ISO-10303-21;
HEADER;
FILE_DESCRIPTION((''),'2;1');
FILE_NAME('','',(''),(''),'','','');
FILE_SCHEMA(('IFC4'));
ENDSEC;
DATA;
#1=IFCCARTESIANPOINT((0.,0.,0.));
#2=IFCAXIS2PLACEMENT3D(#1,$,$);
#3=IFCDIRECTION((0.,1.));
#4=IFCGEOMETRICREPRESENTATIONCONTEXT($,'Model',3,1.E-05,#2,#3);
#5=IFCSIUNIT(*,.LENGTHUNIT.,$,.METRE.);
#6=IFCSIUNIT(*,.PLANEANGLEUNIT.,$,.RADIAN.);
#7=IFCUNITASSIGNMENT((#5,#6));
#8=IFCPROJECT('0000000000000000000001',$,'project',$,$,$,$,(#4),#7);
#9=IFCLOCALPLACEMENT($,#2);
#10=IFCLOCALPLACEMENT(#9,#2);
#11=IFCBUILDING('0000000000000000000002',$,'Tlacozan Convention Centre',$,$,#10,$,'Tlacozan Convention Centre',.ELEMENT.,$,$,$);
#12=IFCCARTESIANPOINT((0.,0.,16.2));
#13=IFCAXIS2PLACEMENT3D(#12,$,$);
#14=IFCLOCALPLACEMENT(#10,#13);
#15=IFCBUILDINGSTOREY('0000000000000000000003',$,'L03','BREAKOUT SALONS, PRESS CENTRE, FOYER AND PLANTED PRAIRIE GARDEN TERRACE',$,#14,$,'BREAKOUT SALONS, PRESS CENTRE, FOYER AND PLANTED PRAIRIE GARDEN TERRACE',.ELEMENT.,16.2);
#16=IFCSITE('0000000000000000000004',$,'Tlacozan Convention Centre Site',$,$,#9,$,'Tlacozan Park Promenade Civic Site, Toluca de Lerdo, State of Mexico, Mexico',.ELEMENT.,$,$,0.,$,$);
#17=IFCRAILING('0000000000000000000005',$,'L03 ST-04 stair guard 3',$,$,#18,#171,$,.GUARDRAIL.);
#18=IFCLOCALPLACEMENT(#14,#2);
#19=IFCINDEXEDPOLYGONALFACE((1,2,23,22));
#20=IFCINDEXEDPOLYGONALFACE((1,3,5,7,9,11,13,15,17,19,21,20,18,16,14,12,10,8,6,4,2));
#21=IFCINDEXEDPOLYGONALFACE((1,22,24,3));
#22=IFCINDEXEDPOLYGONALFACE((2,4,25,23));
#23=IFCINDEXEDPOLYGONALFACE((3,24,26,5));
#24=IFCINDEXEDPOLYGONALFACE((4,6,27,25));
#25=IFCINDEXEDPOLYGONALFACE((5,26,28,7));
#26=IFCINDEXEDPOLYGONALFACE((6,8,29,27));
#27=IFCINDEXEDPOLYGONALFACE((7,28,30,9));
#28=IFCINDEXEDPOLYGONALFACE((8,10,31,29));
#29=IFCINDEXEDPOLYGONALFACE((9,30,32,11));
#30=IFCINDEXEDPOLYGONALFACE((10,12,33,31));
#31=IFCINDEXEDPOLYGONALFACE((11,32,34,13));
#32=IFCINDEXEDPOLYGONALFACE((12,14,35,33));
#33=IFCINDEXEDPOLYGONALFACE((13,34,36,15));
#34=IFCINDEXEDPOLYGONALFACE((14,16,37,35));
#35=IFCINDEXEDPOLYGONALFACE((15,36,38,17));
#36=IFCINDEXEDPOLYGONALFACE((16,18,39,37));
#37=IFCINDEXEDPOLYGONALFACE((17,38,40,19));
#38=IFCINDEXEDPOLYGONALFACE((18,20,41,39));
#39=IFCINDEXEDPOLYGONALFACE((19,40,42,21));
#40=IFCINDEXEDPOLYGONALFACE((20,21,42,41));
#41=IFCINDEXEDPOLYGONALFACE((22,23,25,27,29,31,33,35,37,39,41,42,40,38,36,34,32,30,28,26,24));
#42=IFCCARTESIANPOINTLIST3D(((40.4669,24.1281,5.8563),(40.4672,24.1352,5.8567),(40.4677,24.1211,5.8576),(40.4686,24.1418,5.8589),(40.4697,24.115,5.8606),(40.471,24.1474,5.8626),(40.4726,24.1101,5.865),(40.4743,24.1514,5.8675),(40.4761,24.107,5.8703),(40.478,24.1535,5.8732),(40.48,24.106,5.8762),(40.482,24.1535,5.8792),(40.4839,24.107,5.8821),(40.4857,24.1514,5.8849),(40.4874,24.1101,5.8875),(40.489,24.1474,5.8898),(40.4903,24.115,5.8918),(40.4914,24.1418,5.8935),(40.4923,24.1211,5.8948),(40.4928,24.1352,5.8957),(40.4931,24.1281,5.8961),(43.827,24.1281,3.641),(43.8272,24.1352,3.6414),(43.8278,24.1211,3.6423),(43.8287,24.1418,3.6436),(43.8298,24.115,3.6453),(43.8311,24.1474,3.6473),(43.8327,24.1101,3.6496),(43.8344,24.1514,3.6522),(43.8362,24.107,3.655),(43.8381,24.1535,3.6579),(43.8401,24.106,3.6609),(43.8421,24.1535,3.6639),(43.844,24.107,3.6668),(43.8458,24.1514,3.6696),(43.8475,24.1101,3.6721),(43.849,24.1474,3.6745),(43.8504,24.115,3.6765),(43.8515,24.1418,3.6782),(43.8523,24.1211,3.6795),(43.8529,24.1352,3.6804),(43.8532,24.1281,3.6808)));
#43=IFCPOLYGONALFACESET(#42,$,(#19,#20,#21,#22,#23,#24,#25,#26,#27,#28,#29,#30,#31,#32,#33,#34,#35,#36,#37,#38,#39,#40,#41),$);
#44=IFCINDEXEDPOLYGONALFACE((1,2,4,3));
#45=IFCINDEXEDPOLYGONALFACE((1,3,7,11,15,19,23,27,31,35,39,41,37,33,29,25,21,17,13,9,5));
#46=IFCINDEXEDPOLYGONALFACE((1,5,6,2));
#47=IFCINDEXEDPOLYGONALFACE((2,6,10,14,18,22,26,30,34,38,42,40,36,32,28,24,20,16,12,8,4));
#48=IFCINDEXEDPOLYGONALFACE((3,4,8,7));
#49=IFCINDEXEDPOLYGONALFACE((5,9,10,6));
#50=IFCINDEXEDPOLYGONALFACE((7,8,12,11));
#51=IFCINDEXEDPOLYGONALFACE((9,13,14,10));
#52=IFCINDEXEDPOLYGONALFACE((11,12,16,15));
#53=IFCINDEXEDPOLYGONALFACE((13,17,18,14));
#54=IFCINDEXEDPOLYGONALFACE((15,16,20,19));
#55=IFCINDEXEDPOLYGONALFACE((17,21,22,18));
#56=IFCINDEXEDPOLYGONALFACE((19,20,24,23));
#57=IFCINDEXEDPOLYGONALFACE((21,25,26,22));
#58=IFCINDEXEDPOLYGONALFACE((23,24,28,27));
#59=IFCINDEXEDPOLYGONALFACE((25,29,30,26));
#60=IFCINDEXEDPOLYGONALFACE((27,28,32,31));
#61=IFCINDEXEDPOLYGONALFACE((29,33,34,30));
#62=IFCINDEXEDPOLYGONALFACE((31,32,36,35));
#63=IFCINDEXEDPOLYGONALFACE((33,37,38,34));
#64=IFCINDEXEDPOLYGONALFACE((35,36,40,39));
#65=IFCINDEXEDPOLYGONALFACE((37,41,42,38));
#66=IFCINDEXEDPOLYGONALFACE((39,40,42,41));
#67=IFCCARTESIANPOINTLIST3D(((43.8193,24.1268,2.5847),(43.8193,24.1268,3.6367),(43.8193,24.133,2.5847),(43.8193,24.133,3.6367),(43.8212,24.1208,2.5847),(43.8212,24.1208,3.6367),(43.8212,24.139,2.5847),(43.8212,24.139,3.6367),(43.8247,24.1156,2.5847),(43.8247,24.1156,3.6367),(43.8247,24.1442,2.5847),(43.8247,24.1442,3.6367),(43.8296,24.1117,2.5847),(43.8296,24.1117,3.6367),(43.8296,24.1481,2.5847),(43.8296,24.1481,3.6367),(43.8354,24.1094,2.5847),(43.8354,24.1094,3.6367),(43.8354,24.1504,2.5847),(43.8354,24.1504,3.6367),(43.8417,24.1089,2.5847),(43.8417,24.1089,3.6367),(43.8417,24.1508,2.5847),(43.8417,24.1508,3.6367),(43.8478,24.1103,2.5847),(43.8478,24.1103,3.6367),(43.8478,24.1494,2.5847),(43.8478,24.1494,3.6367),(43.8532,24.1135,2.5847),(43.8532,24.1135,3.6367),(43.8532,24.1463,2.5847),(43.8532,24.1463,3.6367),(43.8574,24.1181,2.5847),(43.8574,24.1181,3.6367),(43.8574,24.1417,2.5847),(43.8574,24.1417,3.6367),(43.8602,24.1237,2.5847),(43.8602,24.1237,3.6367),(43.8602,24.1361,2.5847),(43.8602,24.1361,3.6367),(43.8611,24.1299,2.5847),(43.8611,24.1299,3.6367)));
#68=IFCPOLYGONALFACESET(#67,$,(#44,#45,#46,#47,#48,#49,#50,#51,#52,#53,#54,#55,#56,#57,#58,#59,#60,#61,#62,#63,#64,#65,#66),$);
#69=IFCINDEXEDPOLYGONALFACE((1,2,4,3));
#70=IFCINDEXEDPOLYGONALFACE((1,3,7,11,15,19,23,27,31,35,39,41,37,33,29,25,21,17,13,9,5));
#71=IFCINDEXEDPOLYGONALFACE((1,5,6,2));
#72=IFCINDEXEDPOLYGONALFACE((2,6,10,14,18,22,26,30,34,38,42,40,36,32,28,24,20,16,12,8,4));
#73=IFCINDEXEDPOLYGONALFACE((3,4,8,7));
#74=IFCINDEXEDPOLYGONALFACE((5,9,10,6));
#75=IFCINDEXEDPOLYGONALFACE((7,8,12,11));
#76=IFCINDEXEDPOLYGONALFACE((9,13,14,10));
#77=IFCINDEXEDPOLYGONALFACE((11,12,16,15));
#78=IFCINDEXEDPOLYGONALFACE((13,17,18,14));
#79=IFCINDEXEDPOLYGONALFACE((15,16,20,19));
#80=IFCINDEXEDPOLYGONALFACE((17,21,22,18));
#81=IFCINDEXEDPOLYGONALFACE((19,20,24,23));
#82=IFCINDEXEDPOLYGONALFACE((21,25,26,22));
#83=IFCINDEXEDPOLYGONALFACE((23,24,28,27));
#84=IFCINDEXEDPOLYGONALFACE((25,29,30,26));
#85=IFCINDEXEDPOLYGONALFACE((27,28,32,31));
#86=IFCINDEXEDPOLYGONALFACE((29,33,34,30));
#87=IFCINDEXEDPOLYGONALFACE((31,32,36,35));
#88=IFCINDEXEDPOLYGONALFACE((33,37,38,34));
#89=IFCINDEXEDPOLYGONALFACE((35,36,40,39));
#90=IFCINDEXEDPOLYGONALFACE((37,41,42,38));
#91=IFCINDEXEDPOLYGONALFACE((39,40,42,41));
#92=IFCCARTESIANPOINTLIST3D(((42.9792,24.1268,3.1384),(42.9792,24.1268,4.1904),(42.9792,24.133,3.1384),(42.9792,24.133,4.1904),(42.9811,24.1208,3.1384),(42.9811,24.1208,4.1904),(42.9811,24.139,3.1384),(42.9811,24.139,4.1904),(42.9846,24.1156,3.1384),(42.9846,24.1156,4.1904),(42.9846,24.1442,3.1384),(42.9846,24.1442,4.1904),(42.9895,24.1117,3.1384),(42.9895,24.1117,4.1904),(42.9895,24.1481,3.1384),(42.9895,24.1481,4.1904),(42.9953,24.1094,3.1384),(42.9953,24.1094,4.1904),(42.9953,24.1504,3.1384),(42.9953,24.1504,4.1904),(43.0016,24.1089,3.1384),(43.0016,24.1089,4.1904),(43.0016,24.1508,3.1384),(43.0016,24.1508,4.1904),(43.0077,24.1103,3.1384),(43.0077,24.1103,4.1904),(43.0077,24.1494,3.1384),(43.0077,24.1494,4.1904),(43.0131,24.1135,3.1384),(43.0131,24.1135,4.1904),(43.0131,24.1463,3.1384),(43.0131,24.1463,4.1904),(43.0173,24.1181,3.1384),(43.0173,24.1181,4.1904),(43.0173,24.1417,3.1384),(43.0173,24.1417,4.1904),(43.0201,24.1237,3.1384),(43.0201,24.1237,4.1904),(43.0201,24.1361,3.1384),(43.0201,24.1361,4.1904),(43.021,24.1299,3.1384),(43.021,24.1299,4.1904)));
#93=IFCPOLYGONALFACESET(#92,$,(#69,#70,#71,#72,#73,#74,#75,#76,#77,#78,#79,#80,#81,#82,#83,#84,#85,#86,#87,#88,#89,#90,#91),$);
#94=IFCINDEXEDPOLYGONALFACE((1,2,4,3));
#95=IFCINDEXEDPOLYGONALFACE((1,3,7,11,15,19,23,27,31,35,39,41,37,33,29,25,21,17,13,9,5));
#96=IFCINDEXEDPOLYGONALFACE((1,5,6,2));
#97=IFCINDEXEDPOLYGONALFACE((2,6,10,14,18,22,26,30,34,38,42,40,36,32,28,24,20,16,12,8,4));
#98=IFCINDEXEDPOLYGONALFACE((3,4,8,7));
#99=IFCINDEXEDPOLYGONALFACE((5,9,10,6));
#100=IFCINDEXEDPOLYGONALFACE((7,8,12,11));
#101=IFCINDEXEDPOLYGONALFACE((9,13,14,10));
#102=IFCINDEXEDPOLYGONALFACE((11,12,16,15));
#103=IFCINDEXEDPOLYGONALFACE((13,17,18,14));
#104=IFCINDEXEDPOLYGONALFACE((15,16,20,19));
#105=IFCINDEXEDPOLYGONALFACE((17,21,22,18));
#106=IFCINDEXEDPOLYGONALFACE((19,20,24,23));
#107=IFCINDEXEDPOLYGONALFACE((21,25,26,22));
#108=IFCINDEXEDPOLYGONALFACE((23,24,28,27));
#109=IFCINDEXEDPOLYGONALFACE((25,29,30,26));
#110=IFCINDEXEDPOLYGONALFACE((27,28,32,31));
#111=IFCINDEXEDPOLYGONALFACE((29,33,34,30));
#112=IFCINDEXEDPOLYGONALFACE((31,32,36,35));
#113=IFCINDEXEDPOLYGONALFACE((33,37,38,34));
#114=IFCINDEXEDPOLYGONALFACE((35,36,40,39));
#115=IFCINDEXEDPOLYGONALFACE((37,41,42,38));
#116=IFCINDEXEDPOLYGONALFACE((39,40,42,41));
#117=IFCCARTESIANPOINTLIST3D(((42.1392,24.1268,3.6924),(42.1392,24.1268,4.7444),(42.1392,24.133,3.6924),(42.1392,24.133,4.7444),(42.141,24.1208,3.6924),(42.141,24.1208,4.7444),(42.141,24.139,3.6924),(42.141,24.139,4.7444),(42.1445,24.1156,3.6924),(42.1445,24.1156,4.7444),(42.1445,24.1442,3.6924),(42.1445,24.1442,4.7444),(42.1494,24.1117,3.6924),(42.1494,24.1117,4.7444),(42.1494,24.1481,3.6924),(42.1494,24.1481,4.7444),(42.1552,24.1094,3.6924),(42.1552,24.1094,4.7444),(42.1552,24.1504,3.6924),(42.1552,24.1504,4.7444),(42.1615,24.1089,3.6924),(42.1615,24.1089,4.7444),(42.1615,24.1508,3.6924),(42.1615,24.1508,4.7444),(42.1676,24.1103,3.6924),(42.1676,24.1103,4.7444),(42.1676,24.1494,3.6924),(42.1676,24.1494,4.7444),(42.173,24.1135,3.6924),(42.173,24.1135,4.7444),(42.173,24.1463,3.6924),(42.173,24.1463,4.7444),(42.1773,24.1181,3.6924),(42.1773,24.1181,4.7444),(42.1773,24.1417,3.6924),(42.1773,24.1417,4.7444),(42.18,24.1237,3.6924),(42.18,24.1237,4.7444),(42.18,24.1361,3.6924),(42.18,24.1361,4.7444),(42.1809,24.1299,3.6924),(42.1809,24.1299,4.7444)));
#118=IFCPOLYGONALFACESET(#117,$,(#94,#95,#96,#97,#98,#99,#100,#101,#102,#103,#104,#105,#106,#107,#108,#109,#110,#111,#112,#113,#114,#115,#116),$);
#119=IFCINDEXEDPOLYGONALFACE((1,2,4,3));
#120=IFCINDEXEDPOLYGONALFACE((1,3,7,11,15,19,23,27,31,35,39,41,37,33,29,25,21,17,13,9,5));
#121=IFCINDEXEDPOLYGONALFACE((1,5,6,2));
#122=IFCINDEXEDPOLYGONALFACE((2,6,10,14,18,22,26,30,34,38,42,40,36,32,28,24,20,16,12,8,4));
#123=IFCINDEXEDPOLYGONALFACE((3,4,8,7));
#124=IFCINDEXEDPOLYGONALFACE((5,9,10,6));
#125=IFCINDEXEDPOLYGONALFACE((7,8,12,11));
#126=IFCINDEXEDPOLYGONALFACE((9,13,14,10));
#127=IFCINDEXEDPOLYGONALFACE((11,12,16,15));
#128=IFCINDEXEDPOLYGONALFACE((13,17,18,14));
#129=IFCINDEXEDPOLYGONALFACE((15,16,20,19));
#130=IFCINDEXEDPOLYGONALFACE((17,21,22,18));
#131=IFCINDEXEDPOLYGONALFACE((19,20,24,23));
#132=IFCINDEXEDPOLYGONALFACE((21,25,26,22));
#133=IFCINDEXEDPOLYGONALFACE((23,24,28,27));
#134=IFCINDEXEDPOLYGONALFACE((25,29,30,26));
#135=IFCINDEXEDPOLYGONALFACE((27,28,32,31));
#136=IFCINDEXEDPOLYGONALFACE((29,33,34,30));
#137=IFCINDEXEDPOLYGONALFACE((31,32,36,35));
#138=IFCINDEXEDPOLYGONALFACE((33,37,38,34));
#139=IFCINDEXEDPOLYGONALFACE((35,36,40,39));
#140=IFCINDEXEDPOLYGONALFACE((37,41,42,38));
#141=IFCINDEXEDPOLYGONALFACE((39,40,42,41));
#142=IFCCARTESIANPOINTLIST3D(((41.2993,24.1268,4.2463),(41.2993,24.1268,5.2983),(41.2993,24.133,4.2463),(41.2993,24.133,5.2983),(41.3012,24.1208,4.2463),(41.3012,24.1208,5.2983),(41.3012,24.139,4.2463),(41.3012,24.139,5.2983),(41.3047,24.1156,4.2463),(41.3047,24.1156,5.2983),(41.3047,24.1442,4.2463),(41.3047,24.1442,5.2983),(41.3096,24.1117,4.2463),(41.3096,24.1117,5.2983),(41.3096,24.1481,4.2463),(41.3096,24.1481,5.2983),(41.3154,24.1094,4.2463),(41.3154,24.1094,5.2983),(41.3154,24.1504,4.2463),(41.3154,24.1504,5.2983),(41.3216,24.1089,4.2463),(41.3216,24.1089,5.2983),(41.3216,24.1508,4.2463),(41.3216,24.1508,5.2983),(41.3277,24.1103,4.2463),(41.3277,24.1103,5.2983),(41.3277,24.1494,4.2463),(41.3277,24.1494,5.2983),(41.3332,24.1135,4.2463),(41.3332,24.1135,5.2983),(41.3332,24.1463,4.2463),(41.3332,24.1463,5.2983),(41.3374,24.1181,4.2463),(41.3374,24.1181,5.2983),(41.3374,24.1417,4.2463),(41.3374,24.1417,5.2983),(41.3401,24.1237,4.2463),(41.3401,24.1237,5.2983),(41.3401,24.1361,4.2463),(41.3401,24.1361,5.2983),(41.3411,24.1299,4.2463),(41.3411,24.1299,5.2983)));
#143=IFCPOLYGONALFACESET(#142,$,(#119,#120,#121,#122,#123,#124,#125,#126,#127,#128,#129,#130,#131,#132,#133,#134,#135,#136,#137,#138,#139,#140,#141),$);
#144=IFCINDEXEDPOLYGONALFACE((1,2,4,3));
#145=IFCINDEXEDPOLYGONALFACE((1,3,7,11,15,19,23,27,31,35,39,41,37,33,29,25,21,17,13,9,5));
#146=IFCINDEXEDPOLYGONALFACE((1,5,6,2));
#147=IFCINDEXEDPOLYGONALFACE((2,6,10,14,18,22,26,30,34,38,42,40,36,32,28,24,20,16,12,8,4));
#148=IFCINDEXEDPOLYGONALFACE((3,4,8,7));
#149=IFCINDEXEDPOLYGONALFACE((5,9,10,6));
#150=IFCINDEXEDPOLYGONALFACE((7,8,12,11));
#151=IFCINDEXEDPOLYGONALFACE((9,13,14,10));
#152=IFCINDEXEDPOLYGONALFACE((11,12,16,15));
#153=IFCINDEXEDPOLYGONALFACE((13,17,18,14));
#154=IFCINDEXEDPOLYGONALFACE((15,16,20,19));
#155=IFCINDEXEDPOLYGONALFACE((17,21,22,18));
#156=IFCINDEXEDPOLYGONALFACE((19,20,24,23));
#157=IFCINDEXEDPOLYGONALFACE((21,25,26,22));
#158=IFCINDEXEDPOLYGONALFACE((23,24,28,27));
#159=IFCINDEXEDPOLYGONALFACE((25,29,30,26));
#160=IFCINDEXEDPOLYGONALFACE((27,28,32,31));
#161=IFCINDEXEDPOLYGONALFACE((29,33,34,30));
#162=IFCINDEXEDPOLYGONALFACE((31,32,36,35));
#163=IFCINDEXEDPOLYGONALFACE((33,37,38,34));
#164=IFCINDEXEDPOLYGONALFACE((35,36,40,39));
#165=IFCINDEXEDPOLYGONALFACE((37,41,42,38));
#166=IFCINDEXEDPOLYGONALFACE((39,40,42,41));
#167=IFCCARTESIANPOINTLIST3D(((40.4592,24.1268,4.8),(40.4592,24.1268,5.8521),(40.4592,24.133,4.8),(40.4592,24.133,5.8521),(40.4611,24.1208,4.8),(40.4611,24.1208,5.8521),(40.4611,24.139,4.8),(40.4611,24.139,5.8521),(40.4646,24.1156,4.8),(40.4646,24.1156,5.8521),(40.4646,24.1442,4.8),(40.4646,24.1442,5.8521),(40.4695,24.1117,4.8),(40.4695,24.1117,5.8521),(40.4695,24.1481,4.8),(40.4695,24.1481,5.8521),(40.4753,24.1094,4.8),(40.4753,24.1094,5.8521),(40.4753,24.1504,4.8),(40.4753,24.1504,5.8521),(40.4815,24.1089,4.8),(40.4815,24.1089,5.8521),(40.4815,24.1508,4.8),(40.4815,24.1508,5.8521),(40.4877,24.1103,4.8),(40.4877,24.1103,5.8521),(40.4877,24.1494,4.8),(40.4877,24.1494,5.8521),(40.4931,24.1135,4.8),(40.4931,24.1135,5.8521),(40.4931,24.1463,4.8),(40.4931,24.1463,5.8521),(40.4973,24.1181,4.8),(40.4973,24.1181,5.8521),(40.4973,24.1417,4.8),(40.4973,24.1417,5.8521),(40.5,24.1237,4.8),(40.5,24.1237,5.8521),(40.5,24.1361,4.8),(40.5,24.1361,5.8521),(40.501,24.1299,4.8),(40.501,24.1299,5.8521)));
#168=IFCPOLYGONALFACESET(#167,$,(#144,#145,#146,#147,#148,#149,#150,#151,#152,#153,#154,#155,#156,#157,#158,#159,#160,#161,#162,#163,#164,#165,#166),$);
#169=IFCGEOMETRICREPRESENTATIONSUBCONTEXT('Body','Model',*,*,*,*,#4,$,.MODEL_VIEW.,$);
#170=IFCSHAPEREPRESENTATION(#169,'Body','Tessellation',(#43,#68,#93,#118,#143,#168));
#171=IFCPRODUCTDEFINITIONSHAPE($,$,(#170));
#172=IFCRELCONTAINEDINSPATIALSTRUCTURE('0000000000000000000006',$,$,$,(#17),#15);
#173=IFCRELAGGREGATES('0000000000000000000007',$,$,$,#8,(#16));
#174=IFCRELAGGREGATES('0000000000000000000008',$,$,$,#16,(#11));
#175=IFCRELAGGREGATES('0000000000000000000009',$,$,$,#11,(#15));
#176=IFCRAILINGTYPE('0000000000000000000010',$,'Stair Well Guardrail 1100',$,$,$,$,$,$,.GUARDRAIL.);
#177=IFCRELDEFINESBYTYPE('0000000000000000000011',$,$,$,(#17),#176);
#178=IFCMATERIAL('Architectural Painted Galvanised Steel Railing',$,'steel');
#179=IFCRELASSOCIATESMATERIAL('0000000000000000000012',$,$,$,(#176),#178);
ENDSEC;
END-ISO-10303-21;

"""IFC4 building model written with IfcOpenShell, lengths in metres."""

from ifc_helpers import new_model, si_unit, direction, frame, origin, origin_2d, place, context, subcontext, project, spatial, circle, extrude, material, type_object, element, save


model = new_model("IFC4")

# Units and contexts
model_context = context("Model", 3, precision=1e-05, world=origin(), true_north=direction((0.0, 1.0)))
body_context = subcontext(model_context, "Body", "Model", "MODEL_VIEW")
ifc_project = project(units=[si_unit("LENGTHUNIT", "METRE"), si_unit("PLANEANGLEUNIT", "RADIAN")], contexts=[model_context])

# Site, building, storey
site_placement = place(None, origin())
site = spatial("IfcSite", under=ifc_project, at=site_placement, Name="Tlacozan Convention Centre Site", LongName="Tlacozan Park Promenade Civic Site, Toluca de Lerdo, State of Mexico, Mexico", CompositionType="ELEMENT", RefElevation=0.0)
building_placement = place(site_placement, origin())
building = spatial("IfcBuilding", under=site, at=building_placement, Name="Tlacozan Convention Centre", LongName="Tlacozan Convention Centre", CompositionType="ELEMENT")
storey_placement = place(building_placement, frame((0.0, 0.0, 16.2)))
storey = spatial("IfcBuildingStorey", under=building, at=storey_placement, Name="L03", Description="BREAKOUT SALONS, PRESS CENTRE, FOYER AND PLANTED PRAIRIE GARDEN TERRACE", LongName="BREAKOUT SALONS, PRESS CENTRE, FOYER AND PLANTED PRAIRIE GARDEN TERRACE", CompositionType="ELEMENT", Elevation=16.2)

# Railing
ifc_material_1 = material(Name="Architectural Painted Galvanised Steel Railing", Category="steel")
railing_type_1 = type_object("IfcRailingType", Name="Stair Well Guardrail 1100", PredefinedType="GUARDRAIL", material=ifc_material_1)
railing_1_placement = place(storey_placement, frame((43.8401, 24.1299, 2.5847)))
element("IfcRailing", 1, at=railing_1_placement, inside=storey, type_object=railing_type_1, Name="L03 ST-04 stair guard 3", PredefinedType="GUARDRAIL", context=body_context, shape_type="SweptSolid", body=[
    extrude(circle(Radius=0.0239, at=origin_2d()), frame((0.0, 0.0, 1.0762), z_axis=(-0.834876, 0.0, 0.550437), x_axis=(0.0, -1.0, 0.0)), (0.0, 0.0, 1.0), 4.0247),
    extrude(circle(Radius=0.021, at=origin_2d()), origin(), (0.0, 0.0, 1.0), 1.052),
    extrude(circle(Radius=0.021, at=origin_2d()), frame((-0.8401, 0.0, 0.5537)), (0.0, 0.0, 1.0), 1.052),
    extrude(circle(Radius=0.021, at=origin_2d()), frame((-1.6802, 0.0, 1.1077)), (0.0, 0.0, 1.0), 1.052),
    extrude(circle(Radius=0.021, at=origin_2d()), frame((-2.52, 0.0, 1.6616)), (0.0, 0.0, 1.0), 1.052),
    extrude(circle(Radius=0.021, at=origin_2d()), frame((-3.3601, 0.0, 2.2153)), (0.0, 0.0, 1.0), 1.052),
])

save(model, "model.ifc")
